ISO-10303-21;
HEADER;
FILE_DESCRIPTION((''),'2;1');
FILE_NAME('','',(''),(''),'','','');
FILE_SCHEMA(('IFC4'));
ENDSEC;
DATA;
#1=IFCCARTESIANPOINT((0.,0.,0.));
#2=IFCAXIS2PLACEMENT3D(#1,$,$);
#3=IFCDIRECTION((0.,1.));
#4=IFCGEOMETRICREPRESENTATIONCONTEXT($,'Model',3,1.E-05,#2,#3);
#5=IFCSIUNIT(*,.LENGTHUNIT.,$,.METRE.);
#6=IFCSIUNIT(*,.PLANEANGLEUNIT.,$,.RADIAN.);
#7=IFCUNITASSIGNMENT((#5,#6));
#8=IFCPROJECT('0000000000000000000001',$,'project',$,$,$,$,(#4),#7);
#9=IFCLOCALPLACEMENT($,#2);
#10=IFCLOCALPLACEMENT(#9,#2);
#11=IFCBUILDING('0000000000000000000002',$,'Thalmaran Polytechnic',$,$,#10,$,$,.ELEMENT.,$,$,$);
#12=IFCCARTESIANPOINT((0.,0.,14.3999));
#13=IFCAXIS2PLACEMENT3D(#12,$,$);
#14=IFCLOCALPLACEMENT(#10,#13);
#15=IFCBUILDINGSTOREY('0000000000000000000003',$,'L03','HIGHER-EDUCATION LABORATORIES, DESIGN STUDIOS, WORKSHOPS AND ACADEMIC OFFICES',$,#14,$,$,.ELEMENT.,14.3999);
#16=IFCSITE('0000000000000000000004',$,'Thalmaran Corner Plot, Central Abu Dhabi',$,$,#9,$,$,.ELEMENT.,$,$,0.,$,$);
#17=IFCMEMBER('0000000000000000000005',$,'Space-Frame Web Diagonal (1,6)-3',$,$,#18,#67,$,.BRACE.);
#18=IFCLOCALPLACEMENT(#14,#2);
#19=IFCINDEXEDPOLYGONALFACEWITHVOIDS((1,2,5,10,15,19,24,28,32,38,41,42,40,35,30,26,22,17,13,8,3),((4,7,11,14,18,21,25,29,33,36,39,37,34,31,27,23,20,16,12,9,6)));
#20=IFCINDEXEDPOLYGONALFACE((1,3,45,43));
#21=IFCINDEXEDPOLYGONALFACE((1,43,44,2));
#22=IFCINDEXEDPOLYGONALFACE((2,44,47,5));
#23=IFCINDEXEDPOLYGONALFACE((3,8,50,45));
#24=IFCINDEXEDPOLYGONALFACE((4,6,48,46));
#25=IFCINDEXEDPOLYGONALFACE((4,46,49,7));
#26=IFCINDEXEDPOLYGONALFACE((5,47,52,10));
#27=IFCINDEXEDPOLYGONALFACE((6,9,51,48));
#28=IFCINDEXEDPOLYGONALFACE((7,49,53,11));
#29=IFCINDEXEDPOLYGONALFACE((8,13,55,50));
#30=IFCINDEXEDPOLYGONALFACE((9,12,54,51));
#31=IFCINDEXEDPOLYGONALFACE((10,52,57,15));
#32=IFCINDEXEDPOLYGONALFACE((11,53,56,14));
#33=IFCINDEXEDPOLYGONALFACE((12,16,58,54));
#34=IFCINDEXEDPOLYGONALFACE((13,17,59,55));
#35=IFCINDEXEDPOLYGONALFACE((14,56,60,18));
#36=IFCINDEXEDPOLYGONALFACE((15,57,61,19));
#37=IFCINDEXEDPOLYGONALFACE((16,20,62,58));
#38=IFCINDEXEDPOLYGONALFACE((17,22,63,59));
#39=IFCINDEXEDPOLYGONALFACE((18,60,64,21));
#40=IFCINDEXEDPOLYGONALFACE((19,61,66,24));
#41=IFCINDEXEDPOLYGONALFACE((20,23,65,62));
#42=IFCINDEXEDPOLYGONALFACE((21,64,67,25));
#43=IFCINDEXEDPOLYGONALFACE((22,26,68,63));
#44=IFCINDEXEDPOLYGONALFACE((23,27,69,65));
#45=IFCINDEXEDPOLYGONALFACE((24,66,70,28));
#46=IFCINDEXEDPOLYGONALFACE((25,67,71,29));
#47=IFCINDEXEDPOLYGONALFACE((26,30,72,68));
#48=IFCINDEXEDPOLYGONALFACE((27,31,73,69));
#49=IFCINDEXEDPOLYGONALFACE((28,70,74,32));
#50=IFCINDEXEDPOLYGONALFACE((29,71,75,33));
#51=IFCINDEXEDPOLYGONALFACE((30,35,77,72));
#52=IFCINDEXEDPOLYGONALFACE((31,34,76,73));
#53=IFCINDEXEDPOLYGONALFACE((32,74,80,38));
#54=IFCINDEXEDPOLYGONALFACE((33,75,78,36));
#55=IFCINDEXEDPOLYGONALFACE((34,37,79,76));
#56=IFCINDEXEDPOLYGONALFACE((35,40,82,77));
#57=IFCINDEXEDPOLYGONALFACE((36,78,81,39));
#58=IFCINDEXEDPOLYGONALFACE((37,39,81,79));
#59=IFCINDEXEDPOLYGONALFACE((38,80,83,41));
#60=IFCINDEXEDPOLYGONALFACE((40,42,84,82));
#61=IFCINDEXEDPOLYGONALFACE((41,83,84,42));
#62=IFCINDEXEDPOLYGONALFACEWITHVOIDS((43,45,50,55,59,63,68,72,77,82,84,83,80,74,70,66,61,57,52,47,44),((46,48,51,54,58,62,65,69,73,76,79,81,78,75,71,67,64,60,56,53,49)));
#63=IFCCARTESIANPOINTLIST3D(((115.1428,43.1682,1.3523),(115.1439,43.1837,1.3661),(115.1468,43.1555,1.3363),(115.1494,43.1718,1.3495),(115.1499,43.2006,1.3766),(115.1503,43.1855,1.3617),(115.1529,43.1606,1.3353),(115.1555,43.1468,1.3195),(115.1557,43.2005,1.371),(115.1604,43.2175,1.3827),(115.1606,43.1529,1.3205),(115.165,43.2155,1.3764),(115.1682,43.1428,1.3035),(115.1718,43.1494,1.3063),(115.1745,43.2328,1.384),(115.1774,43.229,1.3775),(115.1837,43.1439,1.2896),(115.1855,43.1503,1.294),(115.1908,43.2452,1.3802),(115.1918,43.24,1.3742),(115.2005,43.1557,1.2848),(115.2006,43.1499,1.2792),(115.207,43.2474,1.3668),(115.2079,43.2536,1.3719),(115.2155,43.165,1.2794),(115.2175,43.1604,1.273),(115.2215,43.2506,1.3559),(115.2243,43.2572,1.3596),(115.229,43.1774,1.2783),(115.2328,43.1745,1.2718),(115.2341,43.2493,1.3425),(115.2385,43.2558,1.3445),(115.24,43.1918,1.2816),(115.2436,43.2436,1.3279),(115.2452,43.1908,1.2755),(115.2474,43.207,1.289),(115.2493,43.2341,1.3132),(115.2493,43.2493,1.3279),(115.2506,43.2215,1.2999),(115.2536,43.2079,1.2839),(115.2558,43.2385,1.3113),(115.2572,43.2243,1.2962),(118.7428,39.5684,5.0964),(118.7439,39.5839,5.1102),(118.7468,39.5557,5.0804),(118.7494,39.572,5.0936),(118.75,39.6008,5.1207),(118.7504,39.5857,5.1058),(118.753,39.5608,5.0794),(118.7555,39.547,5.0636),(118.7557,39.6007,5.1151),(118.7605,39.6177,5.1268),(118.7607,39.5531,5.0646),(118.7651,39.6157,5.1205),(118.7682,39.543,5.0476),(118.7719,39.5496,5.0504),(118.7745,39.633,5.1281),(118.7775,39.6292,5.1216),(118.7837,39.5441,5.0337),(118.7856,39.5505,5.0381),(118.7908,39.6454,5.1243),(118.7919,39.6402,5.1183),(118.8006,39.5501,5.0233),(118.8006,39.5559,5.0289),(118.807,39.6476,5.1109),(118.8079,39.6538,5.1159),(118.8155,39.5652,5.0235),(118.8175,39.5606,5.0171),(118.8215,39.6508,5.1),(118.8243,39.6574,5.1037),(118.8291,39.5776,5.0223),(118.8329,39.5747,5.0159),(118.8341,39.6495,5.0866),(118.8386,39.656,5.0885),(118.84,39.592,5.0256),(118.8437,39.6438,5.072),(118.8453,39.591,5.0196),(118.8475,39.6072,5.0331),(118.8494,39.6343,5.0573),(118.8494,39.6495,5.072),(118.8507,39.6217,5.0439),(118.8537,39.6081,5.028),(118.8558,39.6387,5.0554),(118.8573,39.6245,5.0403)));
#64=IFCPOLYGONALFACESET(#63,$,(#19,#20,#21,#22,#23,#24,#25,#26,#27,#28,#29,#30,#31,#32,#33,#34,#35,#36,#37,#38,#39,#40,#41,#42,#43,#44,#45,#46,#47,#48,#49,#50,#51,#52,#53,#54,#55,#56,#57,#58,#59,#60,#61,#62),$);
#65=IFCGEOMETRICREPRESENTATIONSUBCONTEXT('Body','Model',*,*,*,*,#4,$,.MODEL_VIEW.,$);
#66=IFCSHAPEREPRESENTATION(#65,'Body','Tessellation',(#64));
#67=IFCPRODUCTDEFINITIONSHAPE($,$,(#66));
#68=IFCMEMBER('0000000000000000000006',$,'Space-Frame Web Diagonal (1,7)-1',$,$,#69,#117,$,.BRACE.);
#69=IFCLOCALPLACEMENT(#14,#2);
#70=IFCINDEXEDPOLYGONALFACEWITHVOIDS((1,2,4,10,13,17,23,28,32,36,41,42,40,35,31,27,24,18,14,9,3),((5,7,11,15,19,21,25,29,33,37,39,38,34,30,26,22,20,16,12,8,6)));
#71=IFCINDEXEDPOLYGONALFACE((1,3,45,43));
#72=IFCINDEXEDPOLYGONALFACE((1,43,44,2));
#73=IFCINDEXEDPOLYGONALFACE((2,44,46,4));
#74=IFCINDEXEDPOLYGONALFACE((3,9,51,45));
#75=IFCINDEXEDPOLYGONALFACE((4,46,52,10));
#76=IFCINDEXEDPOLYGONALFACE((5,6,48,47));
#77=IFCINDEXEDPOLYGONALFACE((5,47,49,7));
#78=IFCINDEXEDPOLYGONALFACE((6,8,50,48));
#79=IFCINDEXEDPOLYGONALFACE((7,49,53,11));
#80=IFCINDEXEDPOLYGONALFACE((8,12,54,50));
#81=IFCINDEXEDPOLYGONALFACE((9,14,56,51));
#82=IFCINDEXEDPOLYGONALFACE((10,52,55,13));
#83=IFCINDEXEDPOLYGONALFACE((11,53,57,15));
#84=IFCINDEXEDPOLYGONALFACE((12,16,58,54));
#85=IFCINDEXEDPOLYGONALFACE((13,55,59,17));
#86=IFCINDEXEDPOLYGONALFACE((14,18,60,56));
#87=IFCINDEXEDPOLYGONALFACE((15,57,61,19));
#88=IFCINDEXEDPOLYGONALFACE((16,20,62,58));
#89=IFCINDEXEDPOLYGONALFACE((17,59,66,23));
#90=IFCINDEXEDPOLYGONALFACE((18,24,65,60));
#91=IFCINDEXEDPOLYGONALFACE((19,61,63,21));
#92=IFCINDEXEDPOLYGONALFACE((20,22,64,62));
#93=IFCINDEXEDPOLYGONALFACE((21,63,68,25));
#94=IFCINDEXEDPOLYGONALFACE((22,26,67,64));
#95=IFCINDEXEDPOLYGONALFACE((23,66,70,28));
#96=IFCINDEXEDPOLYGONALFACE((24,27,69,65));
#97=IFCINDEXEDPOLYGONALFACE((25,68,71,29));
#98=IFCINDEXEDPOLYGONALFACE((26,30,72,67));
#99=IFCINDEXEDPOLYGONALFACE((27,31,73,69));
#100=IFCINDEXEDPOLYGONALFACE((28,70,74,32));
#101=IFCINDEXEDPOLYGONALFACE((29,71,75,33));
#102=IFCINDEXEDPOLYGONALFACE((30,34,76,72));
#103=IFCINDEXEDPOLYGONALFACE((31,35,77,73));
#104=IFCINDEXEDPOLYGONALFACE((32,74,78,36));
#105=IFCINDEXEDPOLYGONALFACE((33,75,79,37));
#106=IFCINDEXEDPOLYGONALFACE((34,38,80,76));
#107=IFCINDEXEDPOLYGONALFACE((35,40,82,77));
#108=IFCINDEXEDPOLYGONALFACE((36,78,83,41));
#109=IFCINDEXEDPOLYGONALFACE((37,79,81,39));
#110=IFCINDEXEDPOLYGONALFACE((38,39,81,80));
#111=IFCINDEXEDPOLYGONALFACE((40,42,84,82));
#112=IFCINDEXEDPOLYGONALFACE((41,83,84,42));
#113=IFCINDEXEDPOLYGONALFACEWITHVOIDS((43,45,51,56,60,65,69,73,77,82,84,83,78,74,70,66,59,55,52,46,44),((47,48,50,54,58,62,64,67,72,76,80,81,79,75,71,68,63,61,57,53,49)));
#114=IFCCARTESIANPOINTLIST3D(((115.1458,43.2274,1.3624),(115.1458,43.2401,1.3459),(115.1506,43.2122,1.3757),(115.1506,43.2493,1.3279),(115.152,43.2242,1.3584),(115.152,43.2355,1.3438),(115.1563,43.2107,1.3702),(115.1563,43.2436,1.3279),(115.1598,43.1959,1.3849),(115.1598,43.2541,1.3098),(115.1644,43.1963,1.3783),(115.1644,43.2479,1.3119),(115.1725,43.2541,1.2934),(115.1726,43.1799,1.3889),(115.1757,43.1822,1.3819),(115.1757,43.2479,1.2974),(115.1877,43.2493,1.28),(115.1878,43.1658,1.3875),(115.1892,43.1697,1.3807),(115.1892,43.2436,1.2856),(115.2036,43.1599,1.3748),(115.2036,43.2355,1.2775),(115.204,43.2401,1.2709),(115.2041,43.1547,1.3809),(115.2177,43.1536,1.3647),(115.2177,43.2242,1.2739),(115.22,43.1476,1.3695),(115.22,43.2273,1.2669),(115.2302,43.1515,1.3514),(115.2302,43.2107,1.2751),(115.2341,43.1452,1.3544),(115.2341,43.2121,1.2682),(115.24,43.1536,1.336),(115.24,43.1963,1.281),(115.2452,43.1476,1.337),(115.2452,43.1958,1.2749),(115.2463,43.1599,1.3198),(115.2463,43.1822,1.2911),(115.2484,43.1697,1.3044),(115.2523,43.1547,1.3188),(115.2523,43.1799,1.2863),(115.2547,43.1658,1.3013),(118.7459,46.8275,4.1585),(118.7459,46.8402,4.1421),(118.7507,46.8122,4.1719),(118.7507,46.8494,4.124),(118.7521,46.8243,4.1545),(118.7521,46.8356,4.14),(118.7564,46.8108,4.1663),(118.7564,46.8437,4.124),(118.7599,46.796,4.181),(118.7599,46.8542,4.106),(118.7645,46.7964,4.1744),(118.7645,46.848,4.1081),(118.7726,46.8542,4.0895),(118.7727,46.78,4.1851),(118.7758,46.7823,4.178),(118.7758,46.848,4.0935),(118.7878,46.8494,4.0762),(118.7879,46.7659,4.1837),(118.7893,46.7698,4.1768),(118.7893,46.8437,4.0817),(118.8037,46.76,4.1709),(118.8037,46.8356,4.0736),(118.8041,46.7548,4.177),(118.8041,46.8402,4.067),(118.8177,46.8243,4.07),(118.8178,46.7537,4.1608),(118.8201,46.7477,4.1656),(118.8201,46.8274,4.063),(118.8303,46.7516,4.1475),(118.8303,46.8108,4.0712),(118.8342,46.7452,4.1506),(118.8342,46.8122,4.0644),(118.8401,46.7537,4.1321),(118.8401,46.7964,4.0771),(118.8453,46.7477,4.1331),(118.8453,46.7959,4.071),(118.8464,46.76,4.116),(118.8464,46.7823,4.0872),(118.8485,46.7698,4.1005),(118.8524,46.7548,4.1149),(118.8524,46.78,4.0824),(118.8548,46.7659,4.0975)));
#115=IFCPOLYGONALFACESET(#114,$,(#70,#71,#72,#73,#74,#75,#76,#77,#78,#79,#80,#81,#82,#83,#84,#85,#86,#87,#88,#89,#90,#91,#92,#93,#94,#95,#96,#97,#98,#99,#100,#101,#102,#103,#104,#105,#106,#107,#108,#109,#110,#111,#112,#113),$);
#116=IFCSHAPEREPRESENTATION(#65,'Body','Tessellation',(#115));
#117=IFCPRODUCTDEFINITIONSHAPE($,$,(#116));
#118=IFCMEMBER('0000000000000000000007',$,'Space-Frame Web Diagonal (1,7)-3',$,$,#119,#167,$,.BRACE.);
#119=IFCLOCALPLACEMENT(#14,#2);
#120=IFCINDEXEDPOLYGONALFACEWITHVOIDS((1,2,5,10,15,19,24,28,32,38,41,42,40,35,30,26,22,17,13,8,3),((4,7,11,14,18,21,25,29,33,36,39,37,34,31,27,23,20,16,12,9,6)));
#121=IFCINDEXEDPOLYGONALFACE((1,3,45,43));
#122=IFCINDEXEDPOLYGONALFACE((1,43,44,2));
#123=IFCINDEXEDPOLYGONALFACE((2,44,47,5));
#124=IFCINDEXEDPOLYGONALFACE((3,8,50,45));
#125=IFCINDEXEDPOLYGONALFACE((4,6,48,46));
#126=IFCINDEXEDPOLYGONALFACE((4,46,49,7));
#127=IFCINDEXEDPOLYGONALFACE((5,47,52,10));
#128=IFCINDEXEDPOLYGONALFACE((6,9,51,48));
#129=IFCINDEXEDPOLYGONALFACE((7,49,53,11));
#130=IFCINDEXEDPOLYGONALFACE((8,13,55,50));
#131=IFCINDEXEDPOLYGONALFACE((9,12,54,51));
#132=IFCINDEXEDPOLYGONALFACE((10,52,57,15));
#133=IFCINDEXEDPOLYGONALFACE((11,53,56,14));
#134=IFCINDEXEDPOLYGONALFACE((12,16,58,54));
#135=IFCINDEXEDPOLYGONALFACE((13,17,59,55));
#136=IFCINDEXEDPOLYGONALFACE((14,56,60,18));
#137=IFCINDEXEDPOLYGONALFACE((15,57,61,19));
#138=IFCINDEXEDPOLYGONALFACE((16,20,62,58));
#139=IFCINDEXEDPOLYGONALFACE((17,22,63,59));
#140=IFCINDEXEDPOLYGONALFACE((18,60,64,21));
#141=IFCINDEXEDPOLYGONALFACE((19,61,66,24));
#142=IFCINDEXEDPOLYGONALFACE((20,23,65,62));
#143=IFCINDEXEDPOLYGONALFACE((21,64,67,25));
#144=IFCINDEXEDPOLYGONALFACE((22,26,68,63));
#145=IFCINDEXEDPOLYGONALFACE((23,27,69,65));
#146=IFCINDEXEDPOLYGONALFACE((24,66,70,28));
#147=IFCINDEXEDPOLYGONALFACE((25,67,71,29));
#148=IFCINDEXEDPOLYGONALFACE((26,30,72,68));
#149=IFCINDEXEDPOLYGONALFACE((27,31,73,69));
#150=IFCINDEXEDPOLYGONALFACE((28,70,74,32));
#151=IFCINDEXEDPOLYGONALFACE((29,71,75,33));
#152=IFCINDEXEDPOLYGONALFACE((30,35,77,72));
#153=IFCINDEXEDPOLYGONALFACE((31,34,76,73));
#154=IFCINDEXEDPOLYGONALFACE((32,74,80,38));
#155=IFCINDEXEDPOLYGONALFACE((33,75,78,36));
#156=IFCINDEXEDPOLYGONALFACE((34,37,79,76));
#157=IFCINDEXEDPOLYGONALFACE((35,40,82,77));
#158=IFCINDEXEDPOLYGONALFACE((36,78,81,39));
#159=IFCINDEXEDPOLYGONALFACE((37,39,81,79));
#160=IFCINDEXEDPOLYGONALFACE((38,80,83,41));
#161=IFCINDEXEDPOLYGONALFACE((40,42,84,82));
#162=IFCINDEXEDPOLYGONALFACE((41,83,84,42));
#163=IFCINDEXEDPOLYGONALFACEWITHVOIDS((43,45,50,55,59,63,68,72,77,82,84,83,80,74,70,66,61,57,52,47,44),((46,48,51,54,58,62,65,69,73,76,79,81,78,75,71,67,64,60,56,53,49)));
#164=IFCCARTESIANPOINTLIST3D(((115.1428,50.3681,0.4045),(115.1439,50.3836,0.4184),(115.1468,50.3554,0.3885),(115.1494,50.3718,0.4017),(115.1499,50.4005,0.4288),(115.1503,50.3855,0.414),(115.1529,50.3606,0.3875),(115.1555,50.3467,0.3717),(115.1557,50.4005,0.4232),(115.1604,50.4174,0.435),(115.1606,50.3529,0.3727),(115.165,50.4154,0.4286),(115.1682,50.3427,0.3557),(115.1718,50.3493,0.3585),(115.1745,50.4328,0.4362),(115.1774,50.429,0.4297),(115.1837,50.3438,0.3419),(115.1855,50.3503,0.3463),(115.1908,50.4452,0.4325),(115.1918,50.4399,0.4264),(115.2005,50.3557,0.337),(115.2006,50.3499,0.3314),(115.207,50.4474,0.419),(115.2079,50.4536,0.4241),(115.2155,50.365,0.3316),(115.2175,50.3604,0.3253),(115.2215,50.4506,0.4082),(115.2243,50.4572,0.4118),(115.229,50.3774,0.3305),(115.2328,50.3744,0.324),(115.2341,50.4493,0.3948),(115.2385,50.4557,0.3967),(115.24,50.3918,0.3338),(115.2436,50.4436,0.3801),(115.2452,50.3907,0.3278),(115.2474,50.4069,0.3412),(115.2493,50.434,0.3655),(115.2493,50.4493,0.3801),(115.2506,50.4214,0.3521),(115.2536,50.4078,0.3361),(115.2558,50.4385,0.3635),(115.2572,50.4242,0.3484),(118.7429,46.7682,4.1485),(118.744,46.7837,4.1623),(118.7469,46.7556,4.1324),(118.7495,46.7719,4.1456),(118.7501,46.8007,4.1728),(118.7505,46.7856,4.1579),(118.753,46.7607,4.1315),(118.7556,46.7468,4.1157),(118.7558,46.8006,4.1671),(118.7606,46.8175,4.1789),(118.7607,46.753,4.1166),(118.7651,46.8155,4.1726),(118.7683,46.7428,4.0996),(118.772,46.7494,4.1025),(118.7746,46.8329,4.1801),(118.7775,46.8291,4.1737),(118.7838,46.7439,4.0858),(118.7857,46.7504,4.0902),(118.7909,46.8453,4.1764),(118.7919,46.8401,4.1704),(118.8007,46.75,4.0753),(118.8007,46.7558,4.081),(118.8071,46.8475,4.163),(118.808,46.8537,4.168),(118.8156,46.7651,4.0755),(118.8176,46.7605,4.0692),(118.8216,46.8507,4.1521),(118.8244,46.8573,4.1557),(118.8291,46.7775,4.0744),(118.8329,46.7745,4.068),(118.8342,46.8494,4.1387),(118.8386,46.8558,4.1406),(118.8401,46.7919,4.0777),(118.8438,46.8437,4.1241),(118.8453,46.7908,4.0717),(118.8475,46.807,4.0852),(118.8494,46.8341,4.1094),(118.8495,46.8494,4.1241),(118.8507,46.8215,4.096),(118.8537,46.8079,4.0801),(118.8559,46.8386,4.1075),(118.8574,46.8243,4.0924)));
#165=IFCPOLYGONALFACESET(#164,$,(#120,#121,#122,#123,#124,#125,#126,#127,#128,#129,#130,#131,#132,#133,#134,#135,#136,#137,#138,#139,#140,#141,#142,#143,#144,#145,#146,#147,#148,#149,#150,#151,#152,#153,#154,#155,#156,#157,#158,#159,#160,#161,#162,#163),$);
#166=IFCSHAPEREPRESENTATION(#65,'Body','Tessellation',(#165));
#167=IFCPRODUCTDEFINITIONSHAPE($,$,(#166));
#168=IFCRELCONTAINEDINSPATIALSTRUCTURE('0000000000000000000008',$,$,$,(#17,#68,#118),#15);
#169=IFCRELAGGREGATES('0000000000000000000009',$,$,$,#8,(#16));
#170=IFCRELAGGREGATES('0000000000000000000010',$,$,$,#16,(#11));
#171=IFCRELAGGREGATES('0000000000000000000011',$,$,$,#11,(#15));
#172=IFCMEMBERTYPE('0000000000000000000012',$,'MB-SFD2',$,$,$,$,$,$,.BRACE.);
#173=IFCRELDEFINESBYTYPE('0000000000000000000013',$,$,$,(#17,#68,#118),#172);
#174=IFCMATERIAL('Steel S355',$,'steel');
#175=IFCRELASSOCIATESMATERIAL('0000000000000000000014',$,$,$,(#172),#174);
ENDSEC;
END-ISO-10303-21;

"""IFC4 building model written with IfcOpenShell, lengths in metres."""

from ifc_helpers import new_model, si_unit, direction, frame, origin, origin_2d, place, context, subcontext, project, spatial, hollow_circle, extrude, material, material_profile, profile_set, type_object, element, save


model = new_model("IFC4")

# Units and contexts
model_context = context("Model", 3, precision=1e-05, world=origin(), true_north=direction((0.0, 1.0)))
body_context = subcontext(model_context, "Body", "Model", "MODEL_VIEW")
ifc_project = project(units=[si_unit("LENGTHUNIT", "METRE"), si_unit("PLANEANGLEUNIT", "RADIAN")], contexts=[model_context])

# Site, building, storey
site_placement = place(None, origin())
site = spatial("IfcSite", under=ifc_project, at=site_placement, Name="Thalmaran Corner Plot, Central Abu Dhabi", CompositionType="ELEMENT", RefElevation=0.0)
building_placement = place(site_placement, origin())
building = spatial("IfcBuilding", under=site, at=building_placement, Name="Thalmaran Polytechnic", CompositionType="ELEMENT")
storey_placement = place(building_placement, frame((0.0, 0.0, 14.3999)))
storey = spatial("IfcBuildingStorey", under=building, at=storey_placement, Name="L03", Description="HIGHER-EDUCATION LABORATORIES, DESIGN STUDIOS, WORKSHOPS AND ACADEMIC OFFICES", CompositionType="ELEMENT", Elevation=14.3999)

# Shared definitions
ifc_material_1 = material(Name="Steel S355", Category="steel")

# Members
ifc_material_profile_1 = material_profile(ifc_material_1, hollow_circle(Radius=0.0698, WallThickness=0.0081, at=origin_2d()), Name="CHS 139.7x8.0")
ifc_profile_set_1 = profile_set([ifc_material_profile_1], Name="Steel S355")
member_type_1 = type_object("IfcMemberType", Name="MB-SFD2", PredefinedType="BRACE", material=ifc_profile_set_1)
member_1_placement = place(storey_placement, frame((115.2, 43.2, 1.3279), z_axis=(0.569665, -0.569627, 0.592458), x_axis=(0.707083, 0.707131, 0.0)))
element("IfcMember", 1, at=member_1_placement, inside=storey, type_object=member_type_1, Name="Space-Frame Web Diagonal (1,6)-3", PredefinedType="BRACE", context=body_context, shape_type="SweptSolid", body=[
    extrude(hollow_circle(Radius=0.0698, WallThickness=0.0081, at=origin_2d()), origin(), (0.0, 0.0, 1.0), 6.3196),
])
member_2_placement = place(storey_placement, frame((115.2, 43.2, 1.3279), z_axis=(0.619788, 0.619788, 0.48138), x_axis=(-0.707107, 0.707107, 0.0)))
element("IfcMember", 2, at=member_2_placement, inside=storey, type_object=member_type_1, Name="Space-Frame Web Diagonal (1,7)-1", PredefinedType="BRACE", context=body_context, shape_type="SweptSolid", body=[
    extrude(hollow_circle(Radius=0.0698, WallThickness=0.0081, at=origin_2d()), origin(), (0.0, 0.0, 1.0), 5.8086),
])
member_3_placement = place(storey_placement, frame((115.2, 50.3999, 0.3801), z_axis=(0.569678, -0.56964, 0.592433), x_axis=(0.707083, 0.707131, 0.0)))
element("IfcMember", 3, at=member_3_placement, inside=storey, type_object=member_type_1, Name="Space-Frame Web Diagonal (1,7)-3", PredefinedType="BRACE", context=body_context, shape_type="SweptSolid", body=[
    extrude(hollow_circle(Radius=0.0698, WallThickness=0.0081, at=origin_2d()), origin(), (0.0, 0.0, 1.0), 6.3196),
])

save(model, "model.ifc")
